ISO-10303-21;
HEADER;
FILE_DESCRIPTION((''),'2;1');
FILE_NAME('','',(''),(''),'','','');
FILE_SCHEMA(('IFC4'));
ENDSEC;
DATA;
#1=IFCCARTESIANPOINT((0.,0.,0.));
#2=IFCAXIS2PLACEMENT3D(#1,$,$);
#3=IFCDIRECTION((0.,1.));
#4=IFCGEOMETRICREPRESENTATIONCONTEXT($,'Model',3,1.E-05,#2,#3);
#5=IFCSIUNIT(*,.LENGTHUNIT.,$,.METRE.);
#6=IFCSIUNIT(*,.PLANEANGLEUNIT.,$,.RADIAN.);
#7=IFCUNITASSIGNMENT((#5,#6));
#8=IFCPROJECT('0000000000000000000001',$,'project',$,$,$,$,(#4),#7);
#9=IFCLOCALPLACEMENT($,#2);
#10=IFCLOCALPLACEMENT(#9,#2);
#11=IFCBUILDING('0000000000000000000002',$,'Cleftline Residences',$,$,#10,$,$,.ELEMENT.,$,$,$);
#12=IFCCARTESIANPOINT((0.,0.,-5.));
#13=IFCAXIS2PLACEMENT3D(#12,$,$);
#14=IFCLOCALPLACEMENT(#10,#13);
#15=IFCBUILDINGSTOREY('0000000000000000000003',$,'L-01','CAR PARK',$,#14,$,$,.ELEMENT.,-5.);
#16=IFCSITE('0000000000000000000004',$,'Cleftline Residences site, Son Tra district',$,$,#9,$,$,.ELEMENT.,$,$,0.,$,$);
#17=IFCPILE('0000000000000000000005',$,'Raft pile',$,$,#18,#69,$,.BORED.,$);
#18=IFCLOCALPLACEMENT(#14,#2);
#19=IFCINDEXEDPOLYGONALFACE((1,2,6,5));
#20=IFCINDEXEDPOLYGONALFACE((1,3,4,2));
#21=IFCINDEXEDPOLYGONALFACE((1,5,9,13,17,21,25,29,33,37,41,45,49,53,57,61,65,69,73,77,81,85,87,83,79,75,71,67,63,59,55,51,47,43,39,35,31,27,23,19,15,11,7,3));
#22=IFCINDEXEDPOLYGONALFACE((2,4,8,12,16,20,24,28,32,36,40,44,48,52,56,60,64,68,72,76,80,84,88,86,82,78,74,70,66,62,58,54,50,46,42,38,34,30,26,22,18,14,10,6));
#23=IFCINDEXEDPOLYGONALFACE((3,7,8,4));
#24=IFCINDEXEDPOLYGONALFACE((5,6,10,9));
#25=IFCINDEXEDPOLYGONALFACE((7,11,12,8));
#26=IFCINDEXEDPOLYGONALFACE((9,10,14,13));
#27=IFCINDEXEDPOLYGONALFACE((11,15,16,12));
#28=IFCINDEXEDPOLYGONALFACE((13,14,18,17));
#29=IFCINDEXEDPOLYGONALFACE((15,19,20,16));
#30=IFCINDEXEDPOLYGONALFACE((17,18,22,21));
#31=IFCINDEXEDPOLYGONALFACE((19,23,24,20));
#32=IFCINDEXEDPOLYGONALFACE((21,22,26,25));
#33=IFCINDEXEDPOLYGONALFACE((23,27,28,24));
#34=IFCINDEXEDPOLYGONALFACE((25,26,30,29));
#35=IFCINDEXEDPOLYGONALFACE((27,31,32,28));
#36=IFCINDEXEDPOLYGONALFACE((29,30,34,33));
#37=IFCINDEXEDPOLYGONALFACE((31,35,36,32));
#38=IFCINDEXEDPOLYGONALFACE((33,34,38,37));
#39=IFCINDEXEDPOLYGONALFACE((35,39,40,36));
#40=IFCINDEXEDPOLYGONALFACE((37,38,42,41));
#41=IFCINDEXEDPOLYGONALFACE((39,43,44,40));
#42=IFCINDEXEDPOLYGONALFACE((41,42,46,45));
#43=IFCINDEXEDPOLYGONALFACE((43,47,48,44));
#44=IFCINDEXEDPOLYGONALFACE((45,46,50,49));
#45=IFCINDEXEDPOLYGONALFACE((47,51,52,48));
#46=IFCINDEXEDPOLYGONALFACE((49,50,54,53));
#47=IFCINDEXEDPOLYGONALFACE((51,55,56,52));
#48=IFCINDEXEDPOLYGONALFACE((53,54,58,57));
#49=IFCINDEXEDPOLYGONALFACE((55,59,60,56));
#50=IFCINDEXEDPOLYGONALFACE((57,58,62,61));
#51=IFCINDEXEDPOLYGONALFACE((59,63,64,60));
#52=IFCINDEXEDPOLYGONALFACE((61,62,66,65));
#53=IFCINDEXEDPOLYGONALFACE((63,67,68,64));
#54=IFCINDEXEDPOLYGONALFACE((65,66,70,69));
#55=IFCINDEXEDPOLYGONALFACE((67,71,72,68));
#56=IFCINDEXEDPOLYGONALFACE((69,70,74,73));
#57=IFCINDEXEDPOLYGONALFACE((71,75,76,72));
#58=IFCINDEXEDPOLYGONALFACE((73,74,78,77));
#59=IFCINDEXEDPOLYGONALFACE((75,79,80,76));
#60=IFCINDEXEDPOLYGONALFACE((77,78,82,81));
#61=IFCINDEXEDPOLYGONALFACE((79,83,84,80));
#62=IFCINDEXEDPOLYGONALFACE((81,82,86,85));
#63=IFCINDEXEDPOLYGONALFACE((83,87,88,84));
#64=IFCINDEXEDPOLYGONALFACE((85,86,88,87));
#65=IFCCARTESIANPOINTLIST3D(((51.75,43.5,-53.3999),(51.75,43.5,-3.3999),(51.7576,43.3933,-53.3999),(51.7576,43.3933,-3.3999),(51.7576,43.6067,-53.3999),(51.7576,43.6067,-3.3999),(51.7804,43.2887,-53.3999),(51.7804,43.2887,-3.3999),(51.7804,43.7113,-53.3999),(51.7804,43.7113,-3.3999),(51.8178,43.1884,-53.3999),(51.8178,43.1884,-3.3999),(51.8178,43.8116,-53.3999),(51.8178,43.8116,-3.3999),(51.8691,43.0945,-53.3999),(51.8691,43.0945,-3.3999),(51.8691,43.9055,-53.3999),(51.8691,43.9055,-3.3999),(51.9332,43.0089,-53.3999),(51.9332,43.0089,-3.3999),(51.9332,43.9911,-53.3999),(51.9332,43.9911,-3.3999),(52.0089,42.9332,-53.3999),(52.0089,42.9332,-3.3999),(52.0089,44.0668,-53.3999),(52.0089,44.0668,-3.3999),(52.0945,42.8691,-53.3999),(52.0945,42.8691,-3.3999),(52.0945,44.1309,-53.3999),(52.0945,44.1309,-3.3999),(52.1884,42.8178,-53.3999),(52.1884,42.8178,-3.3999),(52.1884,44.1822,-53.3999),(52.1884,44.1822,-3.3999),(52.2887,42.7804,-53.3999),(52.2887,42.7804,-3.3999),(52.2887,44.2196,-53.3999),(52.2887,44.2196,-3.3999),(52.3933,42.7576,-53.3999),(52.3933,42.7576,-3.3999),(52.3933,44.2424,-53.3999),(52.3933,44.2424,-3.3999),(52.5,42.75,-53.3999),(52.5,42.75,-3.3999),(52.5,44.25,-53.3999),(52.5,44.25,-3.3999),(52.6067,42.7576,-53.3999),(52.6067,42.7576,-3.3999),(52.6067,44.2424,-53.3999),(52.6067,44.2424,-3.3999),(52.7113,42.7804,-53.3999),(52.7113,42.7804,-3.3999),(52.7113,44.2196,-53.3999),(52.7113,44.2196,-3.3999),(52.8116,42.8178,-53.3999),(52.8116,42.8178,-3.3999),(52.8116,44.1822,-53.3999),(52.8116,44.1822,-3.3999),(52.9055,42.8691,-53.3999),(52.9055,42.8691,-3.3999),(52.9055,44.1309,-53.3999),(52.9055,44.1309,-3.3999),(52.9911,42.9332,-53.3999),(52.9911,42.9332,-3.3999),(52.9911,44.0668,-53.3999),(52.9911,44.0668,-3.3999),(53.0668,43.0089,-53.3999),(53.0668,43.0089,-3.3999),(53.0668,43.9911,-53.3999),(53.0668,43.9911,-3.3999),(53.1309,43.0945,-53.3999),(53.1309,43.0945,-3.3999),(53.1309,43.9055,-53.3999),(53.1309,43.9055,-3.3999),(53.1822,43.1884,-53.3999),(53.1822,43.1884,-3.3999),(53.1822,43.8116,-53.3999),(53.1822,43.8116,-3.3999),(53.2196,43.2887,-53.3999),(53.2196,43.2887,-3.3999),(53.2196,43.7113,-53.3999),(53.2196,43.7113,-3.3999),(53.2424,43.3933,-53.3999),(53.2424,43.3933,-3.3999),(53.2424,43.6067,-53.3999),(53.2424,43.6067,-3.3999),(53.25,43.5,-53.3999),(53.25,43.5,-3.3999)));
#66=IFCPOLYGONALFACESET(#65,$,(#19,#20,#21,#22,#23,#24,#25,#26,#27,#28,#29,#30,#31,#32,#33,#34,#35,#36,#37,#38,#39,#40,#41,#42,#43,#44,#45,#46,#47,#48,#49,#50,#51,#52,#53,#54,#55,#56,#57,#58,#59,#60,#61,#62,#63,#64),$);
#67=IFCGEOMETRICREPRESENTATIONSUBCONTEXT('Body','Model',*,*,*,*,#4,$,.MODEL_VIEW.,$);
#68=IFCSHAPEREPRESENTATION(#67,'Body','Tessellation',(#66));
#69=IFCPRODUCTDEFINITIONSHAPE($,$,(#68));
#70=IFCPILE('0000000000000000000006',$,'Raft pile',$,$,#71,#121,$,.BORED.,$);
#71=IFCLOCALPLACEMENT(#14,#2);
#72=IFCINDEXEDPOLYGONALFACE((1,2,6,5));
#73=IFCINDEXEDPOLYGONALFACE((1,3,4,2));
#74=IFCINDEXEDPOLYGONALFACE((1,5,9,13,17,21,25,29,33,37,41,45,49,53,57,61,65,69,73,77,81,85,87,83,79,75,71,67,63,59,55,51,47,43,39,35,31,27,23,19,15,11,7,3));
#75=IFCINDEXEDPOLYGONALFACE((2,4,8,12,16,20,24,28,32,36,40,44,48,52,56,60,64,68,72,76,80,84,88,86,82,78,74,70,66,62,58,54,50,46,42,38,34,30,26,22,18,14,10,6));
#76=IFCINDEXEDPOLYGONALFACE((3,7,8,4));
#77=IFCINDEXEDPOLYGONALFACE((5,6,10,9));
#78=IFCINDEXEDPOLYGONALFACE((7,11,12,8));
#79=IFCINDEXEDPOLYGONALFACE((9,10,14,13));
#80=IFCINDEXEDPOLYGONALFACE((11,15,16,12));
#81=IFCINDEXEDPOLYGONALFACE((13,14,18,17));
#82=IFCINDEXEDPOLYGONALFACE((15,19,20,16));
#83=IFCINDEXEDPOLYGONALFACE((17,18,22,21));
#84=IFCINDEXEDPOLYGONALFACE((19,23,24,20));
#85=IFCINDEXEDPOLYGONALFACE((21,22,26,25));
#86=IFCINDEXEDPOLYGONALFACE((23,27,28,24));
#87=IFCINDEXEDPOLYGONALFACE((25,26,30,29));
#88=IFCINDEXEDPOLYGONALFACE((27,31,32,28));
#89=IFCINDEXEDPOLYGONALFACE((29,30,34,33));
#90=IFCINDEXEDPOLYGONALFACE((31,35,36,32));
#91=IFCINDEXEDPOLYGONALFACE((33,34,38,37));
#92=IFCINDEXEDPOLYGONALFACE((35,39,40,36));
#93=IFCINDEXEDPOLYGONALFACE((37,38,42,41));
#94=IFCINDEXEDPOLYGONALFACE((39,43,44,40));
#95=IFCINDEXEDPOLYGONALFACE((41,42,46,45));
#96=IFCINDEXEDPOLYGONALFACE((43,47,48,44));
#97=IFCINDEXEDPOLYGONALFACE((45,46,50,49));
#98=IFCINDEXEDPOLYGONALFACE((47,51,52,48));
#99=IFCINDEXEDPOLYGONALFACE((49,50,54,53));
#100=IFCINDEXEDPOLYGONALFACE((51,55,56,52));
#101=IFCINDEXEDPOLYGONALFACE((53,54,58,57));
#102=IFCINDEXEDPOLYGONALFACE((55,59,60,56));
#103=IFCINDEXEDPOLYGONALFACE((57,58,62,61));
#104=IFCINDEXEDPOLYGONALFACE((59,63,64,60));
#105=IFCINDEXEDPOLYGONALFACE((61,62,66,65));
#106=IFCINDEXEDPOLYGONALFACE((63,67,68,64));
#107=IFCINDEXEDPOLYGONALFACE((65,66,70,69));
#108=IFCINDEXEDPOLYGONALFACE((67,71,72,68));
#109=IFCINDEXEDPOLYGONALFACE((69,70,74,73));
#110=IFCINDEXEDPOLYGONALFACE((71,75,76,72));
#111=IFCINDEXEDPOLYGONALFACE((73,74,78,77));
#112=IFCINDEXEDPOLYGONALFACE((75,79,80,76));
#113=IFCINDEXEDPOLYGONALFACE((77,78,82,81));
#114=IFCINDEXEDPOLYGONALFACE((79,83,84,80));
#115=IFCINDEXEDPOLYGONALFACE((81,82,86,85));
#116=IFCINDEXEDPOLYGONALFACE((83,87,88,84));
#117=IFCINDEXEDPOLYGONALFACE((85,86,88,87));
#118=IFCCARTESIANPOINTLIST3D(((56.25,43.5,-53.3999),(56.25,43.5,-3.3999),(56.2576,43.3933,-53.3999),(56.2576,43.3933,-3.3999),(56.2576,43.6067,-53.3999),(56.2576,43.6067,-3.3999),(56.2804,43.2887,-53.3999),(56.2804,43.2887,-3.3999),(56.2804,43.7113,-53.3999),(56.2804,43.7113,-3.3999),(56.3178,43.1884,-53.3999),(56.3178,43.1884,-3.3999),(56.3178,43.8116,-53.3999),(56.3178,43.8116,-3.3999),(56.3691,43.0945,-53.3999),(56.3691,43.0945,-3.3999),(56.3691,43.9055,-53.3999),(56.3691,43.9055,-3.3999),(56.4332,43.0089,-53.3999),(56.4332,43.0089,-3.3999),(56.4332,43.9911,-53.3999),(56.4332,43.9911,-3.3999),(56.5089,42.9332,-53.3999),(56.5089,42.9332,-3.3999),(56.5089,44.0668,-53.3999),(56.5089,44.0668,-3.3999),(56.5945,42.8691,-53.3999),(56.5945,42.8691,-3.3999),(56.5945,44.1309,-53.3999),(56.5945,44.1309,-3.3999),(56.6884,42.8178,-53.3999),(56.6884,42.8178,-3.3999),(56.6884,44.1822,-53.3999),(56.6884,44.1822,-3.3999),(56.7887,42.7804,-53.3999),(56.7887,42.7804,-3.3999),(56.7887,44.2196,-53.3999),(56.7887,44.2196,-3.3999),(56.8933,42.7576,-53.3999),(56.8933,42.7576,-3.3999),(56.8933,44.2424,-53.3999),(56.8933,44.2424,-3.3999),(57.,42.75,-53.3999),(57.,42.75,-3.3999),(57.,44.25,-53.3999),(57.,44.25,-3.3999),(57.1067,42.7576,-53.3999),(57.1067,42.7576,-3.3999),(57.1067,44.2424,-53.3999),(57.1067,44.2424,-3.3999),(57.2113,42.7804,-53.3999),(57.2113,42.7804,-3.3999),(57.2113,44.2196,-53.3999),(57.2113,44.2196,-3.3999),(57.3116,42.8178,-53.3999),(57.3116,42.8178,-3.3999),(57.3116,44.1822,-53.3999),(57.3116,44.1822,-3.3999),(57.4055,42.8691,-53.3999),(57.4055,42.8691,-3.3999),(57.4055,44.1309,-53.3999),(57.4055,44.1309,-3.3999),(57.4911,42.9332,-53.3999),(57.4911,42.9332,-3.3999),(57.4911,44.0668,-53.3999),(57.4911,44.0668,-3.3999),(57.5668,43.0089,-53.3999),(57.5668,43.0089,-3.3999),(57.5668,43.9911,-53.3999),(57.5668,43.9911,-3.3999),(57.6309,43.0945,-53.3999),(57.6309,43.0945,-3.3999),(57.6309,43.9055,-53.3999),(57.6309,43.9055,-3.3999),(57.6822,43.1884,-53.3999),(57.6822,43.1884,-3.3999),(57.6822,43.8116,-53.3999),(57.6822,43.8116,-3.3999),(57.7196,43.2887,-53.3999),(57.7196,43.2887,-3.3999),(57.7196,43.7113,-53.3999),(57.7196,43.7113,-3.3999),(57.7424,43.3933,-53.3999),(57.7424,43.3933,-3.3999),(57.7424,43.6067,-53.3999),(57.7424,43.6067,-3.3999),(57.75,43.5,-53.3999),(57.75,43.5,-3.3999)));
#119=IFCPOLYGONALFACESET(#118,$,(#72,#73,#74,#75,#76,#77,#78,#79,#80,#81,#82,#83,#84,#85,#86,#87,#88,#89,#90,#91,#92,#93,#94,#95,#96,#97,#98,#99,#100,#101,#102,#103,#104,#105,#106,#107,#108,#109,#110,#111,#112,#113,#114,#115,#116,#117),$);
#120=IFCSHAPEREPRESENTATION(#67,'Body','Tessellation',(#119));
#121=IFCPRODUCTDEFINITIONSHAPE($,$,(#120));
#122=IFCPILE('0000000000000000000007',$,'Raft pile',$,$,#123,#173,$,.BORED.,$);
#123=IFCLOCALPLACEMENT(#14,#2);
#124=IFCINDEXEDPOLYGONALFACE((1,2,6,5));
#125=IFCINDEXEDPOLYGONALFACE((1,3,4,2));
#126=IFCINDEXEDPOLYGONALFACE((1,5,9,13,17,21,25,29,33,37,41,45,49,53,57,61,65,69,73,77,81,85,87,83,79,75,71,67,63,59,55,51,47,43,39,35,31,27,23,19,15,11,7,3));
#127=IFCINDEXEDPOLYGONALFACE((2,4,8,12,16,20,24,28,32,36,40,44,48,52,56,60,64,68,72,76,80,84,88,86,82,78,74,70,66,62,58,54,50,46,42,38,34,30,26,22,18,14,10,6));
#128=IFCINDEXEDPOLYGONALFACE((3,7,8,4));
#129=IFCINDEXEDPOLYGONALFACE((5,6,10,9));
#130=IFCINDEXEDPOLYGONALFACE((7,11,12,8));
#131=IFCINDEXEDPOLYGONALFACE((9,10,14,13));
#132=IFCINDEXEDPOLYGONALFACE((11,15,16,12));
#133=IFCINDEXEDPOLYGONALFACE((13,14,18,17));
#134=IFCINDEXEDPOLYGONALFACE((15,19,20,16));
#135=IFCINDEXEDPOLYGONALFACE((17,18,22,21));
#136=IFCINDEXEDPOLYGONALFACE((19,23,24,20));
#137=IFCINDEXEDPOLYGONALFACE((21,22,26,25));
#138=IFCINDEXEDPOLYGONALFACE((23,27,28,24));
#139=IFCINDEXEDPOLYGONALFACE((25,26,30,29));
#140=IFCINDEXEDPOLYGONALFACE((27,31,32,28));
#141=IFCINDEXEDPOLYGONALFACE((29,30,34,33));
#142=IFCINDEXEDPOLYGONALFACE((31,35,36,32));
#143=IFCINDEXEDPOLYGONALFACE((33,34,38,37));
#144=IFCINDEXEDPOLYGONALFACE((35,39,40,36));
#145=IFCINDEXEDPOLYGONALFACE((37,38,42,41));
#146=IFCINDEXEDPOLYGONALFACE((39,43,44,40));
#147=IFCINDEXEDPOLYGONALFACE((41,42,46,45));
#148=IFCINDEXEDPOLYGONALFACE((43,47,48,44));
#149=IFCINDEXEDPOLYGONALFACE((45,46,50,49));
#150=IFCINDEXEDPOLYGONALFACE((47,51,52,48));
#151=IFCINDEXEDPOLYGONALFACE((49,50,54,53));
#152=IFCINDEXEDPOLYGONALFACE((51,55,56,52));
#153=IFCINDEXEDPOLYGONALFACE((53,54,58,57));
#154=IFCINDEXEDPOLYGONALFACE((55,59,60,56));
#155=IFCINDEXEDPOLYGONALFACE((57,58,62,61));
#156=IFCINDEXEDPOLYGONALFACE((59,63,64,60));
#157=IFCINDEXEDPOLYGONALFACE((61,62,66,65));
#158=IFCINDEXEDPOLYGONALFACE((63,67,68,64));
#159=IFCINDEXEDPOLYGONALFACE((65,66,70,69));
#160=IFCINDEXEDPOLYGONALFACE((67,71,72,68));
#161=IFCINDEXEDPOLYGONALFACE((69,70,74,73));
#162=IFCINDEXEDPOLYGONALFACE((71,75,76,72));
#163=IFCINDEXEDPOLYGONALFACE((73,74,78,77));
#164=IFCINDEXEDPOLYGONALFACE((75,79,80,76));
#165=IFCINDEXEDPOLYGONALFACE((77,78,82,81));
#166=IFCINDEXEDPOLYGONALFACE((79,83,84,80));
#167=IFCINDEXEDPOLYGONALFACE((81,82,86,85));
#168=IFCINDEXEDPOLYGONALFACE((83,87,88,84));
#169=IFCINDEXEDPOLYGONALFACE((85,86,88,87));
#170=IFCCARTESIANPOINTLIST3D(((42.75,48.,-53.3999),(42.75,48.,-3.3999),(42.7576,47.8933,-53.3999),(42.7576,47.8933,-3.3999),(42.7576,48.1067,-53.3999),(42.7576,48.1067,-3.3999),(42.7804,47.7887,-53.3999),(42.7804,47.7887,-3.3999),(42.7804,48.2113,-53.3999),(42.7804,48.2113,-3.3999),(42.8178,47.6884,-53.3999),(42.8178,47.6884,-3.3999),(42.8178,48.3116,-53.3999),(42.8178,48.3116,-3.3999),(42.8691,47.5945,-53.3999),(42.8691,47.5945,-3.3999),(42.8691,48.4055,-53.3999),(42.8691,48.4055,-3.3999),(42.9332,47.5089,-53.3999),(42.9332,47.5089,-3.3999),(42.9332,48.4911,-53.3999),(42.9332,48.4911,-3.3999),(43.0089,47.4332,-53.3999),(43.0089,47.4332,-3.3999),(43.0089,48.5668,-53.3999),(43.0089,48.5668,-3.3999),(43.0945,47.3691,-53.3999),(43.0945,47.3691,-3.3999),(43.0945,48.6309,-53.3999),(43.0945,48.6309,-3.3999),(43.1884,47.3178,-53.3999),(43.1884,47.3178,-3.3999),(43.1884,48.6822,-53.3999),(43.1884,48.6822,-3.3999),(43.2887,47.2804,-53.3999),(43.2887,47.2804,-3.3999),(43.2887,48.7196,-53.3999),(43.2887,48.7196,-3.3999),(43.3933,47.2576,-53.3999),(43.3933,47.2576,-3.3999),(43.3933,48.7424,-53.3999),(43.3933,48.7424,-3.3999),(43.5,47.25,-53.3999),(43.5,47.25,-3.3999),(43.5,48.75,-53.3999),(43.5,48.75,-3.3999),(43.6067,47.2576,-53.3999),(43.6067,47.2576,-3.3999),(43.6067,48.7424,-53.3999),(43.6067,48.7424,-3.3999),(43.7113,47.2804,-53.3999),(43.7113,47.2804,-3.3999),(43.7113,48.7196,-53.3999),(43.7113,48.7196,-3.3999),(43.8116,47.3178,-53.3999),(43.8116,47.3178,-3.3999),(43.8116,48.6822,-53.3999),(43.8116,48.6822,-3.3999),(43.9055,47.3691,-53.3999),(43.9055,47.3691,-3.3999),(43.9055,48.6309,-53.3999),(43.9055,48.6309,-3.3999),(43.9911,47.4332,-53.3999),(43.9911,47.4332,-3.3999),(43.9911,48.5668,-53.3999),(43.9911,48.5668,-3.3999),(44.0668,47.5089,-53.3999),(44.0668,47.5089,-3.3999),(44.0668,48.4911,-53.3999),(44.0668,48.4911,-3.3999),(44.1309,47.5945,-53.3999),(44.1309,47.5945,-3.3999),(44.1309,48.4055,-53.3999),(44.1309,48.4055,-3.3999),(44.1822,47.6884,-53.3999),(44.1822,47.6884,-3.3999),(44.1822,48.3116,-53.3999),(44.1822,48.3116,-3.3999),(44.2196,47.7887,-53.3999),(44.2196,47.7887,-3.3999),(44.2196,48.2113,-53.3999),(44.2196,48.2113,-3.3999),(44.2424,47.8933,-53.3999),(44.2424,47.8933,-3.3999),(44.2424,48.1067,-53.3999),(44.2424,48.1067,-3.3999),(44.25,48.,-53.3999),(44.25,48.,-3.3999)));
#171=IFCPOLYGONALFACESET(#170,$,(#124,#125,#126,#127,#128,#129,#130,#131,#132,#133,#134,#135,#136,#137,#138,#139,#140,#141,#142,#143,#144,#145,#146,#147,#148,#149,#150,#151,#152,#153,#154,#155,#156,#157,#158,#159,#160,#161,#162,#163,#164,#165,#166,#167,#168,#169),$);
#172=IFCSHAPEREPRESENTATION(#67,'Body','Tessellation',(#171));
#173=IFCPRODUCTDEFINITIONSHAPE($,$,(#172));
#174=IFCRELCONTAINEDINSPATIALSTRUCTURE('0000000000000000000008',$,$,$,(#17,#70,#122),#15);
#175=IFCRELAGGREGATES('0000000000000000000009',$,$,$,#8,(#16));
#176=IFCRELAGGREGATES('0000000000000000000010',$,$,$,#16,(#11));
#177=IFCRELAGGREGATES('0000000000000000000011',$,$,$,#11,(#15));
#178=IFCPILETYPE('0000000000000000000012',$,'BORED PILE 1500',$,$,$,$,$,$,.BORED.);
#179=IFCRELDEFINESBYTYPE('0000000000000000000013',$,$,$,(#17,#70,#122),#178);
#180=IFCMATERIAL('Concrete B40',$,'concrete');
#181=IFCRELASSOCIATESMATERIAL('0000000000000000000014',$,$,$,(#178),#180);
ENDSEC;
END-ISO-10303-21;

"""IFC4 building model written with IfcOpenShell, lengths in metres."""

from ifc_helpers import new_model, si_unit, direction, frame, origin, origin_2d, place, context, subcontext, project, spatial, circle, extrude, material, material_profile, profile_set, type_object, element, save


model = new_model("IFC4")

# Units and contexts
model_context = context("Model", 3, precision=1e-05, world=origin(), true_north=direction((0.0, 1.0)))
body_context = subcontext(model_context, "Body", "Model", "MODEL_VIEW")
ifc_project = project(units=[si_unit("LENGTHUNIT", "METRE"), si_unit("PLANEANGLEUNIT", "RADIAN")], contexts=[model_context])

# Site, building, storey
site_placement = place(None, origin())
site = spatial("IfcSite", under=ifc_project, at=site_placement, Name="Cleftline Residences site, Son Tra district", CompositionType="ELEMENT", RefElevation=0.0)
building_placement = place(site_placement, origin())
building = spatial("IfcBuilding", under=site, at=building_placement, Name="Cleftline Residences", CompositionType="ELEMENT")
storey_placement = place(building_placement, frame((0.0, 0.0, -5.0)))
storey = spatial("IfcBuildingStorey", under=building, at=storey_placement, Name="L-01", Description="CAR PARK", CompositionType="ELEMENT", Elevation=-5.0)

# Piles
ifc_material_1 = material(Name="Concrete B40", Category="concrete")
ifc_material_profile_1 = material_profile(ifc_material_1, circle(Radius=0.75, at=origin_2d()))
ifc_profile_set_1 = profile_set([ifc_material_profile_1], Name="Concrete B40")
pile_type_1 = type_object("IfcPileType", Name="BORED PILE 1500", PredefinedType="BORED", material=ifc_profile_set_1)
for number, where, z_axis, x_axis, name in (
    (1, (52.5, 43.5, -3.3999), (0.0, 0.0, -1.0), (1.0, 0.0, 0.0), "Raft pile"),
    (2, (57.0, 43.5, -3.3999), (0.0, 0.0, -1.0), (1.0, 0.0, 0.0), "Raft pile"),
    (3, (43.5, 48.0, -3.3999), (0.0, 0.0, -1.0), (1.0, 0.0, 0.0), "Raft pile"),
):
    element("IfcPile", number, at=place(storey_placement, frame(where, z_axis=z_axis, x_axis=x_axis)), inside=storey, type_object=pile_type_1, Name=name, PredefinedType="BORED", context=body_context, shape_type="SweptSolid", body=[
        extrude(circle(Radius=0.75, at=origin_2d()), origin(), (0.0, 0.0, 1.0), 50.0),
    ])

save(model, "model.ifc")
